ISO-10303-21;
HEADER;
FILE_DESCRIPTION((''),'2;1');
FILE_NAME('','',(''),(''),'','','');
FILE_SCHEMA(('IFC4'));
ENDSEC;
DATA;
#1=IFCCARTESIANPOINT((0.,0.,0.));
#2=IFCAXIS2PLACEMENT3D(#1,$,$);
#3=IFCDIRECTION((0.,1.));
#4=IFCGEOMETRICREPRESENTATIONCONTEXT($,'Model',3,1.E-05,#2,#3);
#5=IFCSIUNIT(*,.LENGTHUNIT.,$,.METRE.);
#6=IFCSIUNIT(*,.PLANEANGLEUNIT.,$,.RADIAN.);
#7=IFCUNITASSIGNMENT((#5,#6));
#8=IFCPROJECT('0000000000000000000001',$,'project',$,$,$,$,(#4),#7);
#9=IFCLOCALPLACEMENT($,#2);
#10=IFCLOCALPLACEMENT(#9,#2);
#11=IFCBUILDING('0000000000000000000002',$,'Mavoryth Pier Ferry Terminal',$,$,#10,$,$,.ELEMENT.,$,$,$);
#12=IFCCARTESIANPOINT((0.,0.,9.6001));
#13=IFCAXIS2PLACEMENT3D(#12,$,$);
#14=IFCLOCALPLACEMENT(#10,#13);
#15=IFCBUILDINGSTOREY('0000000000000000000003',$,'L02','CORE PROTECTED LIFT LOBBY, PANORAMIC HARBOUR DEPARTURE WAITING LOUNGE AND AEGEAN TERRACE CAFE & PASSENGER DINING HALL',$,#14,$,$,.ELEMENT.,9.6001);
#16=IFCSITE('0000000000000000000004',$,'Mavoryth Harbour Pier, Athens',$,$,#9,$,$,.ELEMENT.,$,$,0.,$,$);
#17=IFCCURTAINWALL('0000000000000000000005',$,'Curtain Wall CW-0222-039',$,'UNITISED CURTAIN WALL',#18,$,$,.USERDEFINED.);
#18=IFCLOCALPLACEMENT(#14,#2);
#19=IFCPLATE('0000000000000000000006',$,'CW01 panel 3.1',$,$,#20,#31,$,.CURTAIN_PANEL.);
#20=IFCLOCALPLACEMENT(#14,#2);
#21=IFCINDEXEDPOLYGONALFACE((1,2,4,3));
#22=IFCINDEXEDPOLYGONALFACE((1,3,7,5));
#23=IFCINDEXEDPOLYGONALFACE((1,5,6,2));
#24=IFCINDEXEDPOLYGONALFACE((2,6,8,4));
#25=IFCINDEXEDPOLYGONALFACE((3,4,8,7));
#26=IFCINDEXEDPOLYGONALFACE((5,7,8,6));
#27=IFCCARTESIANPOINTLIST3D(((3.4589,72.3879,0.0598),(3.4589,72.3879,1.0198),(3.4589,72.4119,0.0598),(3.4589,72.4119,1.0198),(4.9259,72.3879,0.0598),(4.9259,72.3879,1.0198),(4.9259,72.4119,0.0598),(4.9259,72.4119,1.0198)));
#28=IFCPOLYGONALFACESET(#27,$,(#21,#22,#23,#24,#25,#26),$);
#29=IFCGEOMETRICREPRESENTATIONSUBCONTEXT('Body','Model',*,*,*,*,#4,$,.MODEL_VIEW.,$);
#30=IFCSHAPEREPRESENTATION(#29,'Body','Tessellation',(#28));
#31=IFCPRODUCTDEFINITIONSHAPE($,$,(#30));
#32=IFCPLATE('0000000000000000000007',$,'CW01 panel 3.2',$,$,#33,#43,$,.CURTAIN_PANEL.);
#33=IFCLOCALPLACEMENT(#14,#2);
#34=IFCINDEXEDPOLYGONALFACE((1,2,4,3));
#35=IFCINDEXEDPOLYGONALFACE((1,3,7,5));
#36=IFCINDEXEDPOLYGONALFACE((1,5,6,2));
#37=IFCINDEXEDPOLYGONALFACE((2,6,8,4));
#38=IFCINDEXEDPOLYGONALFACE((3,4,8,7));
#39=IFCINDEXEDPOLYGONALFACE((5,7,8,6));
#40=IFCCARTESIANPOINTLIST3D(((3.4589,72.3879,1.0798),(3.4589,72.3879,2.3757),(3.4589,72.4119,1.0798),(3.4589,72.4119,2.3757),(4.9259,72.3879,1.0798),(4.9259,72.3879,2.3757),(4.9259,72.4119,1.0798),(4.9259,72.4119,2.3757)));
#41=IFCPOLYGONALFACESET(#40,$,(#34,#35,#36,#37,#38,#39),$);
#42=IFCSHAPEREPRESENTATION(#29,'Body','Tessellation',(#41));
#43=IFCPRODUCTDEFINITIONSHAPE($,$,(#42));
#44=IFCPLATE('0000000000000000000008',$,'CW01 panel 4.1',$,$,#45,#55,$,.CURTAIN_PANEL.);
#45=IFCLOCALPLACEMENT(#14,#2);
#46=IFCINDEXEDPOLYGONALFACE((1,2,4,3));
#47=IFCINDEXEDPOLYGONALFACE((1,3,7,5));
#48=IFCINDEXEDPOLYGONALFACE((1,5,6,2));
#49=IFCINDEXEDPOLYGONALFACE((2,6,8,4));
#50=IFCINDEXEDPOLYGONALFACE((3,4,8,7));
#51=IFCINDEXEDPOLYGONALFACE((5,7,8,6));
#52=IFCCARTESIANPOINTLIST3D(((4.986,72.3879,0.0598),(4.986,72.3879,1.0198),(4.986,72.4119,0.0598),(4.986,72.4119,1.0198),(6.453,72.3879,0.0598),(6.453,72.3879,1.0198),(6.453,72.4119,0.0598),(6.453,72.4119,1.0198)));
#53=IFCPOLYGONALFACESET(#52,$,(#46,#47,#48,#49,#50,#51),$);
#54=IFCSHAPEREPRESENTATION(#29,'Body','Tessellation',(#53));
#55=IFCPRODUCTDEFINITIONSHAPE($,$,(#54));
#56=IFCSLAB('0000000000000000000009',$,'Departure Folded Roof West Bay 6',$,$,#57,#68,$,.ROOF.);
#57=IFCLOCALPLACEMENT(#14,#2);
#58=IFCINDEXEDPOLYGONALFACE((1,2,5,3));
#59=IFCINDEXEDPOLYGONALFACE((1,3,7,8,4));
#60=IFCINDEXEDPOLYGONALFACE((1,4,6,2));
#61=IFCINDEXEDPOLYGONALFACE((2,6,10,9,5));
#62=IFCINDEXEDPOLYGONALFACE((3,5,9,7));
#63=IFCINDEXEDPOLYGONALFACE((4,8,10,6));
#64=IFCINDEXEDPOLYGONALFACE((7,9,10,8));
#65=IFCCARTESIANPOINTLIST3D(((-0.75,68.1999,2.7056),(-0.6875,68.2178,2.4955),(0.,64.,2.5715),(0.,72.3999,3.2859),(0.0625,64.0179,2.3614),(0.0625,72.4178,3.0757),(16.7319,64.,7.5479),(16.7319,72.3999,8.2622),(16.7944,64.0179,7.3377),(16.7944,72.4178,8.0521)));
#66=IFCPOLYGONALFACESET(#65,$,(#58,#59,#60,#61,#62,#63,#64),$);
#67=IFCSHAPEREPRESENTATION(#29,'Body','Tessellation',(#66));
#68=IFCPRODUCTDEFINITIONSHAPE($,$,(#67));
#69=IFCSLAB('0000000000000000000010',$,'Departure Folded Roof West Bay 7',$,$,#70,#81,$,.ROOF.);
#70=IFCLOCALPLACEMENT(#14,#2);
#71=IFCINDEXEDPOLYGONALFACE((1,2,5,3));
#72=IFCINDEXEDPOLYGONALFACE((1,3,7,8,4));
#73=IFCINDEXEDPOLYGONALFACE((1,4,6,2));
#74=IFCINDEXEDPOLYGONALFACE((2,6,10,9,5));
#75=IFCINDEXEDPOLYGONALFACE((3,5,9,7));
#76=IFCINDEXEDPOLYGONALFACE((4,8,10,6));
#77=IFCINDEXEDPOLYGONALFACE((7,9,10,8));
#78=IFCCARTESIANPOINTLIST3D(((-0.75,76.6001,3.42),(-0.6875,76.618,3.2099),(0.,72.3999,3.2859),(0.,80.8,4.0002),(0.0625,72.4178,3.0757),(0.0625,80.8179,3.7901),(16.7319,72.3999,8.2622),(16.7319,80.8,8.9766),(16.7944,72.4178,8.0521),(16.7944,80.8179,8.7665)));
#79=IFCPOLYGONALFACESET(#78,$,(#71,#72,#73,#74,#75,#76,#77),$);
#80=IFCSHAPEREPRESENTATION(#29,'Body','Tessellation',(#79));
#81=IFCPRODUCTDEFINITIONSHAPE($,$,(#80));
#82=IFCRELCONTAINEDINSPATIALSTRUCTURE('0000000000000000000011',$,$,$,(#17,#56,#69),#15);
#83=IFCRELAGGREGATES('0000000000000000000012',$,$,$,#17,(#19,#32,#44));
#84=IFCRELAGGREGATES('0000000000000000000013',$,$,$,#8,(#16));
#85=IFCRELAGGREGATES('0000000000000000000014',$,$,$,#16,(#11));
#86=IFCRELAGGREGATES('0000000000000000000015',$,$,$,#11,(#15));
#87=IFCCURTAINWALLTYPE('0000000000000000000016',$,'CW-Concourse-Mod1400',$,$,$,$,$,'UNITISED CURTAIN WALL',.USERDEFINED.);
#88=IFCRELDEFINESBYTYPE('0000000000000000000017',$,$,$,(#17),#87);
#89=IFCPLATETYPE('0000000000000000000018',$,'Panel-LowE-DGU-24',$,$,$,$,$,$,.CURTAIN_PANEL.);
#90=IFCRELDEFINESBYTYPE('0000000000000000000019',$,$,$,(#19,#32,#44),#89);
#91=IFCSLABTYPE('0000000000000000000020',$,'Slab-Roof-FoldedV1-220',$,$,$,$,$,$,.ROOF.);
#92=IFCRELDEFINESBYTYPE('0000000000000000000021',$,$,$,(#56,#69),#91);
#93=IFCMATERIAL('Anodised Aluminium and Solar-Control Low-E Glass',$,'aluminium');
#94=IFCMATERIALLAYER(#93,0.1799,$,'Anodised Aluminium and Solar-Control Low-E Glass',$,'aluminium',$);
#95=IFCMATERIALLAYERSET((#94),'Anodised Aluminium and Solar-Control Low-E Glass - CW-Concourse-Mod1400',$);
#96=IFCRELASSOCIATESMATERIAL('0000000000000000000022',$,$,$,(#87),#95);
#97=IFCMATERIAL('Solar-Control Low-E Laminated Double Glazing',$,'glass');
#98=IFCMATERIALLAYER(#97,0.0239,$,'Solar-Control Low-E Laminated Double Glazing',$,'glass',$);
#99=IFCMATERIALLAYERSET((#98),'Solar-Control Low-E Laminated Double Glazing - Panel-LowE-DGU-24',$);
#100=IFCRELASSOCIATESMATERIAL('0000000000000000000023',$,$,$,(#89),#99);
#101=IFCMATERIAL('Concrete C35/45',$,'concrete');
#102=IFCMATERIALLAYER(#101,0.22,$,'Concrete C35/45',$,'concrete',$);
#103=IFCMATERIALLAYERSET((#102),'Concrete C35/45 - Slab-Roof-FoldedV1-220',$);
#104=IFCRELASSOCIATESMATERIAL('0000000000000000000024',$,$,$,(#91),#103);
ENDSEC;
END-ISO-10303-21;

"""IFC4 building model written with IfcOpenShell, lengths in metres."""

from ifc_helpers import new_model, si_unit, direction, frame, origin, origin_2d, place, context, subcontext, project, spatial, polyline, rectangle, outline, extrude, material, layer, layer_set, type_object, element, aggregate, save


model = new_model("IFC4")

# Units and contexts
model_context = context("Model", 3, precision=1e-05, world=origin(), true_north=direction((0.0, 1.0)))
body_context = subcontext(model_context, "Body", "Model", "MODEL_VIEW")
ifc_project = project(units=[si_unit("LENGTHUNIT", "METRE"), si_unit("PLANEANGLEUNIT", "RADIAN")], contexts=[model_context])

# Site, building, storey
site_placement = place(None, origin())
site = spatial("IfcSite", under=ifc_project, at=site_placement, Name="Mavoryth Harbour Pier, Athens", CompositionType="ELEMENT", RefElevation=0.0)
building_placement = place(site_placement, origin())
building = spatial("IfcBuilding", under=site, at=building_placement, Name="Mavoryth Pier Ferry Terminal", CompositionType="ELEMENT")
storey_placement = place(building_placement, frame((0.0, 0.0, 9.6001)))
storey = spatial("IfcBuildingStorey", under=building, at=storey_placement, Name="L02", Description="CORE PROTECTED LIFT LOBBY, PANORAMIC HARBOUR DEPARTURE WAITING LOUNGE AND AEGEAN TERRACE CAFE & PASSENGER DINING HALL", CompositionType="ELEMENT", Elevation=9.6001)

# Curtain wall
ifc_material_1 = material(Name="Anodised Aluminium and Solar-Control Low-E Glass", Category="aluminium")
ifc_layer_1 = layer(ifc_material_1, 0.1799, Name="Anodised Aluminium and Solar-Control Low-E Glass", Category="aluminium")
ifc_layer_set_1 = layer_set([ifc_layer_1], Name="Anodised Aluminium and Solar-Control Low-E Glass - CW-Concourse-Mod1400")
curtain_wall_type = type_object("IfcCurtainWallType", Name="CW-Concourse-Mod1400", ElementType="UNITISED CURTAIN WALL", PredefinedType="USERDEFINED", material=ifc_layer_set_1)
curtain_wall_placement = place(storey_placement, origin())
curtain_wall = element("IfcCurtainWall", 1, at=curtain_wall_placement, inside=storey, type_object=curtain_wall_type, Name="Curtain Wall CW-0222-039", ObjectType="UNITISED CURTAIN WALL", PredefinedType="USERDEFINED")

# Plates
ifc_material_2 = material(Name="Solar-Control Low-E Laminated Double Glazing", Category="glass")
ifc_layer_2 = layer(ifc_material_2, 0.0239, Name="Solar-Control Low-E Laminated Double Glazing", Category="glass")
ifc_layer_set_2 = layer_set([ifc_layer_2], Name="Solar-Control Low-E Laminated Double Glazing - Panel-LowE-DGU-24")
plate_type = type_object("IfcPlateType", Name="Panel-LowE-DGU-24", PredefinedType="CURTAIN_PANEL", material=ifc_layer_set_2)
plate_1_placement = place(storey_placement, frame((4.1924, 72.3999, 0.0598), z_axis=(0.0, 0.0, 1.0), x_axis=(1.0, 0.0, 0.0)))
plate_1 = element("IfcPlate", 2, at=plate_1_placement, type_object=plate_type, Name="CW01 panel 3.1", PredefinedType="CURTAIN_PANEL", context=body_context, shape_type="SweptSolid", body=[
    extrude(rectangle(XDim=1.467, YDim=0.0239, at=origin_2d()), origin(), (0.0, 0.0, 1.0), 0.96),
])
plate_2_placement = place(storey_placement, frame((4.1924, 72.3999, 1.0798), z_axis=(0.0, 0.0, 1.0), x_axis=(1.0, 0.0, 0.0)))
plate_2 = element("IfcPlate", 3, at=plate_2_placement, type_object=plate_type, Name="CW01 panel 3.2", PredefinedType="CURTAIN_PANEL", context=body_context, shape_type="SweptSolid", body=[
    extrude(rectangle(XDim=1.467, YDim=0.0239, at=origin_2d()), origin(), (0.0, 0.0, 1.0), 1.2959),
])
plate_3_placement = place(storey_placement, frame((5.7195, 72.3999, 0.0598), z_axis=(0.0, 0.0, 1.0), x_axis=(1.0, 0.0, 0.0)))
plate_3 = element("IfcPlate", 4, at=plate_3_placement, type_object=plate_type, Name="CW01 panel 4.1", PredefinedType="CURTAIN_PANEL", context=body_context, shape_type="SweptSolid", body=[
    extrude(rectangle(XDim=1.467, YDim=0.0239, at=origin_2d()), origin(), (0.0, 0.0, 1.0), 0.96),
])
aggregate(curtain_wall, [plate_1, plate_2, plate_3])

# Slabs
ifc_material_3 = material(Name="Concrete C35/45", Category="concrete")
ifc_layer_3 = layer(ifc_material_3, 0.22, Name="Concrete C35/45", Category="concrete")
ifc_layer_set_3 = layer_set([ifc_layer_3], Name="Concrete C35/45 - Slab-Roof-FoldedV1-220")
slab_type = type_object("IfcSlabType", Name="Slab-Roof-FoldedV1-220", PredefinedType="ROOF", material=ifc_layer_set_3)
slab_1_placement = place(storey_placement, frame((0.0, 64.0, 2.5715), z_axis=(-0.284133, -0.081245, 0.955336), x_axis=(0.958505, 0.0, 0.285076)))
element("IfcSlab", 5, at=slab_1_placement, inside=storey, type_object=slab_type, Name="Departure Folded Roof West Bay 6", PredefinedType="ROOF", context=body_context, shape_type="SweptSolid", body=[
    extrude(outline(polyline([(0.0, 0.0), (17.4563, 0.0), (17.6599, 8.4278), (0.2036, 8.4278), (-0.6807, 4.2139), (0.0, 0.0)])), origin(), (0.0, 0.0, -1.0), 0.22),
])
slab_2_placement = place(storey_placement, frame((0.0, 72.3999, 3.2859), z_axis=(-0.284133, -0.081243, 0.955336), x_axis=(0.958505, 0.0, 0.285076)))
element("IfcSlab", 6, at=slab_2_placement, inside=storey, type_object=slab_type, Name="Departure Folded Roof West Bay 7", PredefinedType="ROOF", context=body_context, shape_type="SweptSolid", body=[
    extrude(outline(polyline([(0.0, 0.0), (17.4563, 0.0), (17.6599, 8.428), (0.2036, 8.428), (-0.6807, 4.2141), (0.0, 0.0)])), origin(), (0.0, 0.0, -1.0), 0.22),
])

save(model, "model.ifc")
